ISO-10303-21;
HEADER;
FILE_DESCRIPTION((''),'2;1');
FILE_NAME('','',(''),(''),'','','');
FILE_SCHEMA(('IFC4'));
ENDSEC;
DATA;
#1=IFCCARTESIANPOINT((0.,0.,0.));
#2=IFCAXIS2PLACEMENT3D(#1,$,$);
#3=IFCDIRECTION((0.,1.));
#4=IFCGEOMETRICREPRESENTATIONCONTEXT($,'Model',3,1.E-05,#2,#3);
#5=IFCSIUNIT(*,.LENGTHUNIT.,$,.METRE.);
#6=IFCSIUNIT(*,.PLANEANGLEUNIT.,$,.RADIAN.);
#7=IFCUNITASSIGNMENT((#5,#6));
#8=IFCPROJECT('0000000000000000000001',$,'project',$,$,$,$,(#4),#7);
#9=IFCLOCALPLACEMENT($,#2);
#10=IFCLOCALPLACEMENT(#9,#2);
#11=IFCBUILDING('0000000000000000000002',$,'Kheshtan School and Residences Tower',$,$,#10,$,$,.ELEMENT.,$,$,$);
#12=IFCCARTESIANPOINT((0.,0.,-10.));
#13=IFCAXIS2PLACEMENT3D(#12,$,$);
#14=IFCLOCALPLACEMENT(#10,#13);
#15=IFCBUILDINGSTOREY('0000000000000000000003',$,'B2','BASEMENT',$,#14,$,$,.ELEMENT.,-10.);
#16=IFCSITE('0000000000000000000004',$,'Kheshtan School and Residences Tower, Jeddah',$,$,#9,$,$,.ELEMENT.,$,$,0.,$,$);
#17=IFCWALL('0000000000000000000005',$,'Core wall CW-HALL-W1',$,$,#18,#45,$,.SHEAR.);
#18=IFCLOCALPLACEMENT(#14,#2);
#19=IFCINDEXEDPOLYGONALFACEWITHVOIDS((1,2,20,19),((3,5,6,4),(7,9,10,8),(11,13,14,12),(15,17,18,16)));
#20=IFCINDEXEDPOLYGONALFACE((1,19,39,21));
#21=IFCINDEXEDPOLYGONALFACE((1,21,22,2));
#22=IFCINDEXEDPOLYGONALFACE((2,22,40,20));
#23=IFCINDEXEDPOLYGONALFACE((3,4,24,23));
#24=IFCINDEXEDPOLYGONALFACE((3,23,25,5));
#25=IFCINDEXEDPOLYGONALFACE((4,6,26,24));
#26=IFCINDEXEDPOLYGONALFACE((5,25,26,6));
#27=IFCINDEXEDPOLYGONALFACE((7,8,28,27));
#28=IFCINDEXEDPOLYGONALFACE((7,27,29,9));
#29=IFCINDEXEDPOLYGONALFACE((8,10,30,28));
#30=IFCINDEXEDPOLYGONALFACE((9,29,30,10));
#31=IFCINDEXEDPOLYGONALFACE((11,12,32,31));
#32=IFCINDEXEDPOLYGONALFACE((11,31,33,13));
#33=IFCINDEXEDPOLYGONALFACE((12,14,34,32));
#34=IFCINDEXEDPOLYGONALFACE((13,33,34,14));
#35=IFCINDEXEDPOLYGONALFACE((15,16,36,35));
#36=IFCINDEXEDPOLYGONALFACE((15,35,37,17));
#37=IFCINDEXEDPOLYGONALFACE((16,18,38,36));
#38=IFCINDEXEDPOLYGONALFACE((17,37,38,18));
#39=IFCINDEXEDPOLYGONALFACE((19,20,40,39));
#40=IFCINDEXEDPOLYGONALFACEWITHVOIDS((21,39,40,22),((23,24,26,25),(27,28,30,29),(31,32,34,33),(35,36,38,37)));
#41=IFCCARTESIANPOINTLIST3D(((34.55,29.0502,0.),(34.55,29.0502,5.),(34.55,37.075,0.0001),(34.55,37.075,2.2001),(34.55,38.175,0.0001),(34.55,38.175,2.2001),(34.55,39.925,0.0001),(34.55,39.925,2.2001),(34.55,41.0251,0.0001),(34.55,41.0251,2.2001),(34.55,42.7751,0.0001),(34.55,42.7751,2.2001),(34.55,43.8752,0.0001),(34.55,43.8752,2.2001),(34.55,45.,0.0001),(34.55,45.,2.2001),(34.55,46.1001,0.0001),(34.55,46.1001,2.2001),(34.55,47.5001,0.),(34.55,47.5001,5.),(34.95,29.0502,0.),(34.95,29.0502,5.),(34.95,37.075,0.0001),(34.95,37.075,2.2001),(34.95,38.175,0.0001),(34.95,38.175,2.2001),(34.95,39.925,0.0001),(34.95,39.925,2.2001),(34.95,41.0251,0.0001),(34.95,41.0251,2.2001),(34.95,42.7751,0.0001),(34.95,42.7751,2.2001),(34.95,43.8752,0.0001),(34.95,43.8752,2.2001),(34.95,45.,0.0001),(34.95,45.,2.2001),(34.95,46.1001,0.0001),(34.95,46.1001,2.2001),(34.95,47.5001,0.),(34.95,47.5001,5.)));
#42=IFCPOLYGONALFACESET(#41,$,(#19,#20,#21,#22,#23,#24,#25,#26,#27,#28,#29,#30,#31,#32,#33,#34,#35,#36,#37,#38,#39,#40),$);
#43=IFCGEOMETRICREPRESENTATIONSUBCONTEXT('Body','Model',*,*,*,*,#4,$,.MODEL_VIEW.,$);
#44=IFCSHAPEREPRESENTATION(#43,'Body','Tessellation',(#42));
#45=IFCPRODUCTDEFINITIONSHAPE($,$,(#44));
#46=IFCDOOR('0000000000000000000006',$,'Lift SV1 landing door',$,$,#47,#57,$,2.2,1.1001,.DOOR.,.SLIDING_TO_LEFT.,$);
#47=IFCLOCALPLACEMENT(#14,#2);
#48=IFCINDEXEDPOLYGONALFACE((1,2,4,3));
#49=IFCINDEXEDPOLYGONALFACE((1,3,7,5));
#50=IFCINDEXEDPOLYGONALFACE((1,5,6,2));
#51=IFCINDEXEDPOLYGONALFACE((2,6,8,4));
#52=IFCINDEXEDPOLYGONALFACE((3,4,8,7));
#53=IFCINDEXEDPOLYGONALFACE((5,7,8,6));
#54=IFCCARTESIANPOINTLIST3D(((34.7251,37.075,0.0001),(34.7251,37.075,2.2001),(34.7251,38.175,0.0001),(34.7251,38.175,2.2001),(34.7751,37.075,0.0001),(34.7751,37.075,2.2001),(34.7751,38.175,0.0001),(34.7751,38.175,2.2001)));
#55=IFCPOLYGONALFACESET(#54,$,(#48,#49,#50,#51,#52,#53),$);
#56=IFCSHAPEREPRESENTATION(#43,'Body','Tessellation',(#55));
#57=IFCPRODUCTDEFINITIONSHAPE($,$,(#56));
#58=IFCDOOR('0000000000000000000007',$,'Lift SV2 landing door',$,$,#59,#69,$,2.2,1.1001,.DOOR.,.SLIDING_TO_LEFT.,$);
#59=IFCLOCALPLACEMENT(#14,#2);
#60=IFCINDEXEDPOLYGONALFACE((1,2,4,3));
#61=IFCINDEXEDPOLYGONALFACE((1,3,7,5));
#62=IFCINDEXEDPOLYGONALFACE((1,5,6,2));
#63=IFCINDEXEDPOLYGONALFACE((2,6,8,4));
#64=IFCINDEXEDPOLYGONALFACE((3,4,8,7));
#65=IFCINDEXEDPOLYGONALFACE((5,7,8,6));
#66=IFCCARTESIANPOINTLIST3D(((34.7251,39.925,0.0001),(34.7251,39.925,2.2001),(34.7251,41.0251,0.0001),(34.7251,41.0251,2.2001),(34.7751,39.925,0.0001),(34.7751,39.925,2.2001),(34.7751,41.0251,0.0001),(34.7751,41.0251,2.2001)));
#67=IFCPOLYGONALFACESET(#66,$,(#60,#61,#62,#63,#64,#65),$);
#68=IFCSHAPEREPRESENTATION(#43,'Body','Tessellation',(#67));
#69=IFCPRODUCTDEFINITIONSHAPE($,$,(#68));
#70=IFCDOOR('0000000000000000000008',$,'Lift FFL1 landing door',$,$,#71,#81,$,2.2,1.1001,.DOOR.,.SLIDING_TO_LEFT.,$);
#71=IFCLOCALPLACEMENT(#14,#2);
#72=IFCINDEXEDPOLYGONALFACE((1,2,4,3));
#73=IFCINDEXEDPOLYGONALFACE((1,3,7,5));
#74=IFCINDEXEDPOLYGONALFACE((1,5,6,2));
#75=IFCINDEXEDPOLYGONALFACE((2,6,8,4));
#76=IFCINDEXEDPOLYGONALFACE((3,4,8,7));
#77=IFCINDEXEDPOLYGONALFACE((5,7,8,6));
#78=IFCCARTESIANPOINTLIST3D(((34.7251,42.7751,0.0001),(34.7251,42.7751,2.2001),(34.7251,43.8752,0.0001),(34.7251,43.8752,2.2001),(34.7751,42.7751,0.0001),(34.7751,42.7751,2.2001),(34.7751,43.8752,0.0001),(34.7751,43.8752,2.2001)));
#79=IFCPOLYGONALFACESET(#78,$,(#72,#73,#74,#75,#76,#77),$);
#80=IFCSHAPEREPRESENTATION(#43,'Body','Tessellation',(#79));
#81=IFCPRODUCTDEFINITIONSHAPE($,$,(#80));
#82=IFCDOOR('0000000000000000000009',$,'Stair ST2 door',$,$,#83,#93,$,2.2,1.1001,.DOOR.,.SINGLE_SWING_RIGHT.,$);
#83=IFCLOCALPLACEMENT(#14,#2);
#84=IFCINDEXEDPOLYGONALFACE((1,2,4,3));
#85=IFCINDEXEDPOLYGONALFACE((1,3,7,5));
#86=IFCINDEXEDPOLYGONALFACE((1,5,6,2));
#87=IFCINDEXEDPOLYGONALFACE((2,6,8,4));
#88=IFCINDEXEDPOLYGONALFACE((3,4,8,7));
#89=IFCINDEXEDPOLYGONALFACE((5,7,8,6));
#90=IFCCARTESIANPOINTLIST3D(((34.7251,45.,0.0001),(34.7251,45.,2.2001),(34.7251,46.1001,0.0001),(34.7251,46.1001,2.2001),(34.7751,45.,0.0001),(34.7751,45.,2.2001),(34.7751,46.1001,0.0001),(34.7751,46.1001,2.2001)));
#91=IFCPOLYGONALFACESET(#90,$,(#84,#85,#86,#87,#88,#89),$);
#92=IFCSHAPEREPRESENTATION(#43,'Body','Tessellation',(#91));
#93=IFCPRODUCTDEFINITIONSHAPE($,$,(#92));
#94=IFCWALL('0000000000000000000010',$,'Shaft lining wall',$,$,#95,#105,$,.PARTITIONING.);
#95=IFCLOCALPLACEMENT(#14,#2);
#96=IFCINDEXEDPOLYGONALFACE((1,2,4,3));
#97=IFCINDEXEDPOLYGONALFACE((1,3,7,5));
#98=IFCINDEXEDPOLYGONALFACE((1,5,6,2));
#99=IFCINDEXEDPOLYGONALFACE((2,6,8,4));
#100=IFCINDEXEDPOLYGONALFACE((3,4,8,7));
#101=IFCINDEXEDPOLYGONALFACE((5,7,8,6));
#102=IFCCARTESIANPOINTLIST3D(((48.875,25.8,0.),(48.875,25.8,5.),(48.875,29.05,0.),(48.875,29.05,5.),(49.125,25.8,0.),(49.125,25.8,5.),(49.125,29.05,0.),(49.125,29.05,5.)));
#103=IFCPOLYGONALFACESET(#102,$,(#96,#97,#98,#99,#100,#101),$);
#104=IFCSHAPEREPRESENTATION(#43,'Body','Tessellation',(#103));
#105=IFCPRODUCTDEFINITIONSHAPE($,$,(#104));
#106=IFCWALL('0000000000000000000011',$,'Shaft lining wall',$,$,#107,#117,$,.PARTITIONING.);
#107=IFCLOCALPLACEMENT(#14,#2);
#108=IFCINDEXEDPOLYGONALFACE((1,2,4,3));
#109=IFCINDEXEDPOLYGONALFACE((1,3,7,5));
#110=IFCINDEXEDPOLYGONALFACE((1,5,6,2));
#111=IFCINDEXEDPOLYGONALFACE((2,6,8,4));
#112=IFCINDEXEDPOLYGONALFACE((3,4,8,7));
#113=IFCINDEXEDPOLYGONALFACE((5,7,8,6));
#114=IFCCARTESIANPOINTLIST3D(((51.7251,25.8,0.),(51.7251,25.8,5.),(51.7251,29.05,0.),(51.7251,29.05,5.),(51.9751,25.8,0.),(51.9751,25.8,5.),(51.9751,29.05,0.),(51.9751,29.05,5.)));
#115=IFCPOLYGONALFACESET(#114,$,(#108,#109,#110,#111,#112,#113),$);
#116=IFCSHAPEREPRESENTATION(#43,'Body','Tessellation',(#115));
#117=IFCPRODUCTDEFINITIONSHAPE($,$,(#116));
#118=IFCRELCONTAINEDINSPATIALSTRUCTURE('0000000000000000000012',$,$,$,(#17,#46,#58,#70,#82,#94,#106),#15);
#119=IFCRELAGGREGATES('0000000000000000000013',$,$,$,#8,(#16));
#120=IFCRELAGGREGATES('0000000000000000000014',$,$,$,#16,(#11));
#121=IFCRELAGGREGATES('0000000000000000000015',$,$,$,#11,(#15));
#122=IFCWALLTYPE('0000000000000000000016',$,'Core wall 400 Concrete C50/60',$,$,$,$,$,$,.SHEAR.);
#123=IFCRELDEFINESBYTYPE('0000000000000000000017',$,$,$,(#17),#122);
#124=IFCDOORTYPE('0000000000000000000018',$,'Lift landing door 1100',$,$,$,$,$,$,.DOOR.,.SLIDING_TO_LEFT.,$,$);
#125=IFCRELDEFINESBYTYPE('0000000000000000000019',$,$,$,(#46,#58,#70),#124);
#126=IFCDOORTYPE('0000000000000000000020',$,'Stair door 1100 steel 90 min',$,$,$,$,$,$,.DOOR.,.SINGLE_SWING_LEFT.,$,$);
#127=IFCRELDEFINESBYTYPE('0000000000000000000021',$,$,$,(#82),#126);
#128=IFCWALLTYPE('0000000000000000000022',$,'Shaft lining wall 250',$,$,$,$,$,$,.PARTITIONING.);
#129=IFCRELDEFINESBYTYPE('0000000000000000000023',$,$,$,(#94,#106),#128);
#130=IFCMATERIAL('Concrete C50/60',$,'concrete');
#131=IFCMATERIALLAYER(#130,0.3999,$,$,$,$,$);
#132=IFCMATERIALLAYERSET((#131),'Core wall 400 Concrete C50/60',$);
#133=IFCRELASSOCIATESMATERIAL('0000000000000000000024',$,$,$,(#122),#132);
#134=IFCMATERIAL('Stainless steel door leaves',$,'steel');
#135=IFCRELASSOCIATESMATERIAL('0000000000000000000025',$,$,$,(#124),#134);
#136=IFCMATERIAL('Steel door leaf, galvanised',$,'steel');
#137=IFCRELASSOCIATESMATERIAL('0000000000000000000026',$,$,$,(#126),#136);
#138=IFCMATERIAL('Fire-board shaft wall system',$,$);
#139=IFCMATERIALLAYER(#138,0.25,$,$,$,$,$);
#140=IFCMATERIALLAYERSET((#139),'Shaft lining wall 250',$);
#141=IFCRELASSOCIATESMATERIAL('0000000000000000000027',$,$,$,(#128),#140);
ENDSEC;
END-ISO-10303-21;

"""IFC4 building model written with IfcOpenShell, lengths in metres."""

from ifc_helpers import new_model, si_unit, direction, frame, frame_2d, origin, place, context, subcontext, project, spatial, rectangle, extrude, source, transform, mapped, material, layer, layer_set, type_object, element, fill, save


model = new_model("IFC4")

# Units and contexts
model_context = context("Model", 3, precision=1e-05, world=origin(), true_north=direction((0.0, 1.0)))
body_context = subcontext(model_context, "Body", "Model", "MODEL_VIEW")
ifc_project = project(units=[si_unit("LENGTHUNIT", "METRE"), si_unit("PLANEANGLEUNIT", "RADIAN")], contexts=[model_context])

# Site, building, storey
site_placement = place(None, origin())
site = spatial("IfcSite", under=ifc_project, at=site_placement, Name="Kheshtan School and Residences Tower, Jeddah", CompositionType="ELEMENT", RefElevation=0.0)
building_placement = place(site_placement, origin())
building = spatial("IfcBuilding", under=site, at=building_placement, Name="Kheshtan School and Residences Tower", CompositionType="ELEMENT")
storey_placement = place(building_placement, frame((0.0, 0.0, -10.0)))
storey = spatial("IfcBuildingStorey", under=building, at=storey_placement, Name="B2", Description="BASEMENT", CompositionType="ELEMENT", Elevation=-10.0)

# Shared definitions
ifc_material_1 = material(Name="Concrete C50/60", Category="concrete")
ifc_layer_1 = layer(ifc_material_1, 0.3999)
ifc_layer_set_1 = layer_set([ifc_layer_1], Name="Core wall 400 Concrete C50/60")
wall_type_1 = type_object("IfcWallType", Name="Core wall 400 Concrete C50/60", PredefinedType="SHEAR", material=ifc_layer_set_1)
ifc_material_2 = material(Name="Stainless steel door leaves", Category="steel")
door_type_1 = type_object("IfcDoorType", Name="Lift landing door 1100", OperationType="SLIDING_TO_LEFT", PredefinedType="DOOR", material=ifc_material_2)
shared_shape_1 = source(origin(), body_context, "Body", "SweptSolid", [
    extrude(rectangle(XDim=1.1001, YDim=2.2, at=frame_2d((0.55, 1.1001))), frame((0.0, 0.0249, 0.0), z_axis=(0.0, -1.0, 0.0), x_axis=(1.0, 0.0, 0.0)), (0.0, 0.0, 1.0), 0.05),
])

# Wall, openings, doors
wall_1_placement = place(storey_placement, frame((34.75, 29.05, 0.0), z_axis=(0.0, 0.0, 1.0), x_axis=(0.0, 1.0, 0.0)))
wall_1 = element("IfcWall", 1, at=wall_1_placement, inside=storey, type_object=wall_type_1, Name="Core wall CW-HALL-W1", PredefinedType="SHEAR", context=body_context, shape_type="SweptSolid", body=[
    extrude(rectangle(XDim=18.45, YDim=0.3999, at=frame_2d((9.2251, 0.0))), origin(), (0.0, 0.0, 1.0), 5.0),
])
opening_1_placement = place(wall_1_placement, frame((8.0249, 0.0, 0.0)))
opening_1 = element("IfcOpeningElement", 2, at=opening_1_placement, cuts=wall_1, PredefinedType="OPENING", context=body_context, shape_type="SweptSolid", body=[
    extrude(rectangle(XDim=1.1001, YDim=2.2, at=frame_2d((0.55, 1.1001))), frame((0.0, 0.21, 0.0), z_axis=(0.0, -1.0, 0.0), x_axis=(1.0, 0.0, 0.0)), (0.0, 0.0, 1.0), 0.4199),
])
opening_2_placement = place(wall_1_placement, frame((10.875, 0.0, 0.0)))
opening_2 = element("IfcOpeningElement", 3, at=opening_2_placement, cuts=wall_1, PredefinedType="OPENING", context=body_context, shape_type="SweptSolid", body=[
    extrude(rectangle(XDim=1.1001, YDim=2.2, at=frame_2d((0.55, 1.1001))), frame((0.0, 0.21, 0.0), z_axis=(0.0, -1.0, 0.0), x_axis=(1.0, 0.0, 0.0)), (0.0, 0.0, 1.0), 0.4199),
])
opening_3_placement = place(wall_1_placement, frame((13.7251, 0.0, 0.0)))
opening_3 = element("IfcOpeningElement", 4, at=opening_3_placement, cuts=wall_1, PredefinedType="OPENING", context=body_context, shape_type="SweptSolid", body=[
    extrude(rectangle(XDim=1.1001, YDim=2.2, at=frame_2d((0.55, 1.1001))), frame((0.0, 0.21, 0.0), z_axis=(0.0, -1.0, 0.0), x_axis=(1.0, 0.0, 0.0)), (0.0, 0.0, 1.0), 0.4199),
])
opening_4_placement = place(wall_1_placement, frame((15.95, 0.0, 0.0)))
opening_4 = element("IfcOpeningElement", 5, at=opening_4_placement, cuts=wall_1, PredefinedType="OPENING", context=body_context, shape_type="SweptSolid", body=[
    extrude(rectangle(XDim=1.1001, YDim=2.2, at=frame_2d((0.55, 1.1001))), frame((0.0, 0.21, 0.0), z_axis=(0.0, -1.0, 0.0), x_axis=(1.0, 0.0, 0.0)), (0.0, 0.0, 1.0), 0.4199),
])
door_1_placement = place(opening_1_placement, origin())
door_1 = element("IfcDoor", 6, at=door_1_placement, inside=storey, type_object=door_type_1, Name="Lift SV1 landing door", OperationType="SLIDING_TO_LEFT", OverallHeight=2.2, OverallWidth=1.1001, PredefinedType="DOOR", context=body_context, shape_type="MappedRepresentation", body=[
    mapped(shared_shape_1, transform((0.0, 0.0, 0.0), x_axis=(1.0, 0.0, 0.0), y_axis=(0.0, 1.0, 0.0), z_axis=(0.0, 0.0, 1.0), scale=1.0)),
])
fill(opening_1, door_1)
door_2_placement = place(opening_2_placement, origin())
door_2 = element("IfcDoor", 7, at=door_2_placement, inside=storey, type_object=door_type_1, Name="Lift SV2 landing door", OperationType="SLIDING_TO_LEFT", OverallHeight=2.2, OverallWidth=1.1001, PredefinedType="DOOR", context=body_context, shape_type="MappedRepresentation", body=[
    mapped(shared_shape_1, transform((0.0, 0.0, 0.0), x_axis=(1.0, 0.0, 0.0), y_axis=(0.0, 1.0, 0.0), z_axis=(0.0, 0.0, 1.0), scale=1.0)),
])
fill(opening_2, door_2)
door_3_placement = place(opening_3_placement, origin())
door_3 = element("IfcDoor", 8, at=door_3_placement, inside=storey, type_object=door_type_1, Name="Lift FFL1 landing door", OperationType="SLIDING_TO_LEFT", OverallHeight=2.2, OverallWidth=1.1001, PredefinedType="DOOR", context=body_context, shape_type="MappedRepresentation", body=[
    mapped(shared_shape_1, transform((0.0, 0.0, 0.0), x_axis=(1.0, 0.0, 0.0), y_axis=(0.0, 1.0, 0.0), z_axis=(0.0, 0.0, 1.0), scale=1.0)),
])
fill(opening_3, door_3)
ifc_material_3 = material(Name="Steel door leaf, galvanised", Category="steel")
door_type_2 = type_object("IfcDoorType", Name="Stair door 1100 steel 90 min", OperationType="SINGLE_SWING_LEFT", PredefinedType="DOOR", material=ifc_material_3)
shared_shape_2 = source(origin(), body_context, "Body", "SweptSolid", [
    extrude(rectangle(XDim=1.1001, YDim=2.2, at=frame_2d((0.55, 1.1001))), frame((0.0, 0.0249, 0.0), z_axis=(0.0, -1.0, 0.0), x_axis=(1.0, 0.0, 0.0)), (0.0, 0.0, 1.0), 0.05),
])
door_4_placement = place(opening_4_placement, origin())
door_4 = element("IfcDoor", 9, at=door_4_placement, inside=storey, type_object=door_type_2, Name="Stair ST2 door", OperationType="SINGLE_SWING_RIGHT", OverallHeight=2.2, OverallWidth=1.1001, PredefinedType="DOOR", context=body_context, shape_type="MappedRepresentation", body=[
    mapped(shared_shape_2, transform((0.0, 0.0, 0.0), x_axis=(1.0, 0.0, 0.0), y_axis=(0.0, 1.0, 0.0), z_axis=(0.0, 0.0, 1.0), scale=1.0)),
])
fill(opening_4, door_4)

# Walls
ifc_material_4 = material(Name="Fire-board shaft wall system")
ifc_layer_2 = layer(ifc_material_4, 0.25)
ifc_layer_set_2 = layer_set([ifc_layer_2], Name="Shaft lining wall 250")
wall_type_2 = type_object("IfcWallType", Name="Shaft lining wall 250", PredefinedType="PARTITIONING", material=ifc_layer_set_2)
for number, where, z_axis, x_axis, name in (
    (10, (49.0, 25.8, 0.0), (0.0, 0.0, 1.0), (0.0, 1.0, 0.0), "Shaft lining wall"),
    (11, (51.8501, 25.8, 0.0), (0.0, 0.0, 1.0), (0.0, 1.0, 0.0), "Shaft lining wall"),
):
    element("IfcWall", number, at=place(storey_placement, frame(where, z_axis=z_axis, x_axis=x_axis)), inside=storey, type_object=wall_type_2, Name=name, PredefinedType="PARTITIONING", context=body_context, shape_type="SweptSolid", body=[
        extrude(rectangle(XDim=3.25, YDim=0.25, at=frame_2d((1.625, 0.0))), origin(), (0.0, 0.0, 1.0), 5.0),
    ])

save(model, "model.ifc")
